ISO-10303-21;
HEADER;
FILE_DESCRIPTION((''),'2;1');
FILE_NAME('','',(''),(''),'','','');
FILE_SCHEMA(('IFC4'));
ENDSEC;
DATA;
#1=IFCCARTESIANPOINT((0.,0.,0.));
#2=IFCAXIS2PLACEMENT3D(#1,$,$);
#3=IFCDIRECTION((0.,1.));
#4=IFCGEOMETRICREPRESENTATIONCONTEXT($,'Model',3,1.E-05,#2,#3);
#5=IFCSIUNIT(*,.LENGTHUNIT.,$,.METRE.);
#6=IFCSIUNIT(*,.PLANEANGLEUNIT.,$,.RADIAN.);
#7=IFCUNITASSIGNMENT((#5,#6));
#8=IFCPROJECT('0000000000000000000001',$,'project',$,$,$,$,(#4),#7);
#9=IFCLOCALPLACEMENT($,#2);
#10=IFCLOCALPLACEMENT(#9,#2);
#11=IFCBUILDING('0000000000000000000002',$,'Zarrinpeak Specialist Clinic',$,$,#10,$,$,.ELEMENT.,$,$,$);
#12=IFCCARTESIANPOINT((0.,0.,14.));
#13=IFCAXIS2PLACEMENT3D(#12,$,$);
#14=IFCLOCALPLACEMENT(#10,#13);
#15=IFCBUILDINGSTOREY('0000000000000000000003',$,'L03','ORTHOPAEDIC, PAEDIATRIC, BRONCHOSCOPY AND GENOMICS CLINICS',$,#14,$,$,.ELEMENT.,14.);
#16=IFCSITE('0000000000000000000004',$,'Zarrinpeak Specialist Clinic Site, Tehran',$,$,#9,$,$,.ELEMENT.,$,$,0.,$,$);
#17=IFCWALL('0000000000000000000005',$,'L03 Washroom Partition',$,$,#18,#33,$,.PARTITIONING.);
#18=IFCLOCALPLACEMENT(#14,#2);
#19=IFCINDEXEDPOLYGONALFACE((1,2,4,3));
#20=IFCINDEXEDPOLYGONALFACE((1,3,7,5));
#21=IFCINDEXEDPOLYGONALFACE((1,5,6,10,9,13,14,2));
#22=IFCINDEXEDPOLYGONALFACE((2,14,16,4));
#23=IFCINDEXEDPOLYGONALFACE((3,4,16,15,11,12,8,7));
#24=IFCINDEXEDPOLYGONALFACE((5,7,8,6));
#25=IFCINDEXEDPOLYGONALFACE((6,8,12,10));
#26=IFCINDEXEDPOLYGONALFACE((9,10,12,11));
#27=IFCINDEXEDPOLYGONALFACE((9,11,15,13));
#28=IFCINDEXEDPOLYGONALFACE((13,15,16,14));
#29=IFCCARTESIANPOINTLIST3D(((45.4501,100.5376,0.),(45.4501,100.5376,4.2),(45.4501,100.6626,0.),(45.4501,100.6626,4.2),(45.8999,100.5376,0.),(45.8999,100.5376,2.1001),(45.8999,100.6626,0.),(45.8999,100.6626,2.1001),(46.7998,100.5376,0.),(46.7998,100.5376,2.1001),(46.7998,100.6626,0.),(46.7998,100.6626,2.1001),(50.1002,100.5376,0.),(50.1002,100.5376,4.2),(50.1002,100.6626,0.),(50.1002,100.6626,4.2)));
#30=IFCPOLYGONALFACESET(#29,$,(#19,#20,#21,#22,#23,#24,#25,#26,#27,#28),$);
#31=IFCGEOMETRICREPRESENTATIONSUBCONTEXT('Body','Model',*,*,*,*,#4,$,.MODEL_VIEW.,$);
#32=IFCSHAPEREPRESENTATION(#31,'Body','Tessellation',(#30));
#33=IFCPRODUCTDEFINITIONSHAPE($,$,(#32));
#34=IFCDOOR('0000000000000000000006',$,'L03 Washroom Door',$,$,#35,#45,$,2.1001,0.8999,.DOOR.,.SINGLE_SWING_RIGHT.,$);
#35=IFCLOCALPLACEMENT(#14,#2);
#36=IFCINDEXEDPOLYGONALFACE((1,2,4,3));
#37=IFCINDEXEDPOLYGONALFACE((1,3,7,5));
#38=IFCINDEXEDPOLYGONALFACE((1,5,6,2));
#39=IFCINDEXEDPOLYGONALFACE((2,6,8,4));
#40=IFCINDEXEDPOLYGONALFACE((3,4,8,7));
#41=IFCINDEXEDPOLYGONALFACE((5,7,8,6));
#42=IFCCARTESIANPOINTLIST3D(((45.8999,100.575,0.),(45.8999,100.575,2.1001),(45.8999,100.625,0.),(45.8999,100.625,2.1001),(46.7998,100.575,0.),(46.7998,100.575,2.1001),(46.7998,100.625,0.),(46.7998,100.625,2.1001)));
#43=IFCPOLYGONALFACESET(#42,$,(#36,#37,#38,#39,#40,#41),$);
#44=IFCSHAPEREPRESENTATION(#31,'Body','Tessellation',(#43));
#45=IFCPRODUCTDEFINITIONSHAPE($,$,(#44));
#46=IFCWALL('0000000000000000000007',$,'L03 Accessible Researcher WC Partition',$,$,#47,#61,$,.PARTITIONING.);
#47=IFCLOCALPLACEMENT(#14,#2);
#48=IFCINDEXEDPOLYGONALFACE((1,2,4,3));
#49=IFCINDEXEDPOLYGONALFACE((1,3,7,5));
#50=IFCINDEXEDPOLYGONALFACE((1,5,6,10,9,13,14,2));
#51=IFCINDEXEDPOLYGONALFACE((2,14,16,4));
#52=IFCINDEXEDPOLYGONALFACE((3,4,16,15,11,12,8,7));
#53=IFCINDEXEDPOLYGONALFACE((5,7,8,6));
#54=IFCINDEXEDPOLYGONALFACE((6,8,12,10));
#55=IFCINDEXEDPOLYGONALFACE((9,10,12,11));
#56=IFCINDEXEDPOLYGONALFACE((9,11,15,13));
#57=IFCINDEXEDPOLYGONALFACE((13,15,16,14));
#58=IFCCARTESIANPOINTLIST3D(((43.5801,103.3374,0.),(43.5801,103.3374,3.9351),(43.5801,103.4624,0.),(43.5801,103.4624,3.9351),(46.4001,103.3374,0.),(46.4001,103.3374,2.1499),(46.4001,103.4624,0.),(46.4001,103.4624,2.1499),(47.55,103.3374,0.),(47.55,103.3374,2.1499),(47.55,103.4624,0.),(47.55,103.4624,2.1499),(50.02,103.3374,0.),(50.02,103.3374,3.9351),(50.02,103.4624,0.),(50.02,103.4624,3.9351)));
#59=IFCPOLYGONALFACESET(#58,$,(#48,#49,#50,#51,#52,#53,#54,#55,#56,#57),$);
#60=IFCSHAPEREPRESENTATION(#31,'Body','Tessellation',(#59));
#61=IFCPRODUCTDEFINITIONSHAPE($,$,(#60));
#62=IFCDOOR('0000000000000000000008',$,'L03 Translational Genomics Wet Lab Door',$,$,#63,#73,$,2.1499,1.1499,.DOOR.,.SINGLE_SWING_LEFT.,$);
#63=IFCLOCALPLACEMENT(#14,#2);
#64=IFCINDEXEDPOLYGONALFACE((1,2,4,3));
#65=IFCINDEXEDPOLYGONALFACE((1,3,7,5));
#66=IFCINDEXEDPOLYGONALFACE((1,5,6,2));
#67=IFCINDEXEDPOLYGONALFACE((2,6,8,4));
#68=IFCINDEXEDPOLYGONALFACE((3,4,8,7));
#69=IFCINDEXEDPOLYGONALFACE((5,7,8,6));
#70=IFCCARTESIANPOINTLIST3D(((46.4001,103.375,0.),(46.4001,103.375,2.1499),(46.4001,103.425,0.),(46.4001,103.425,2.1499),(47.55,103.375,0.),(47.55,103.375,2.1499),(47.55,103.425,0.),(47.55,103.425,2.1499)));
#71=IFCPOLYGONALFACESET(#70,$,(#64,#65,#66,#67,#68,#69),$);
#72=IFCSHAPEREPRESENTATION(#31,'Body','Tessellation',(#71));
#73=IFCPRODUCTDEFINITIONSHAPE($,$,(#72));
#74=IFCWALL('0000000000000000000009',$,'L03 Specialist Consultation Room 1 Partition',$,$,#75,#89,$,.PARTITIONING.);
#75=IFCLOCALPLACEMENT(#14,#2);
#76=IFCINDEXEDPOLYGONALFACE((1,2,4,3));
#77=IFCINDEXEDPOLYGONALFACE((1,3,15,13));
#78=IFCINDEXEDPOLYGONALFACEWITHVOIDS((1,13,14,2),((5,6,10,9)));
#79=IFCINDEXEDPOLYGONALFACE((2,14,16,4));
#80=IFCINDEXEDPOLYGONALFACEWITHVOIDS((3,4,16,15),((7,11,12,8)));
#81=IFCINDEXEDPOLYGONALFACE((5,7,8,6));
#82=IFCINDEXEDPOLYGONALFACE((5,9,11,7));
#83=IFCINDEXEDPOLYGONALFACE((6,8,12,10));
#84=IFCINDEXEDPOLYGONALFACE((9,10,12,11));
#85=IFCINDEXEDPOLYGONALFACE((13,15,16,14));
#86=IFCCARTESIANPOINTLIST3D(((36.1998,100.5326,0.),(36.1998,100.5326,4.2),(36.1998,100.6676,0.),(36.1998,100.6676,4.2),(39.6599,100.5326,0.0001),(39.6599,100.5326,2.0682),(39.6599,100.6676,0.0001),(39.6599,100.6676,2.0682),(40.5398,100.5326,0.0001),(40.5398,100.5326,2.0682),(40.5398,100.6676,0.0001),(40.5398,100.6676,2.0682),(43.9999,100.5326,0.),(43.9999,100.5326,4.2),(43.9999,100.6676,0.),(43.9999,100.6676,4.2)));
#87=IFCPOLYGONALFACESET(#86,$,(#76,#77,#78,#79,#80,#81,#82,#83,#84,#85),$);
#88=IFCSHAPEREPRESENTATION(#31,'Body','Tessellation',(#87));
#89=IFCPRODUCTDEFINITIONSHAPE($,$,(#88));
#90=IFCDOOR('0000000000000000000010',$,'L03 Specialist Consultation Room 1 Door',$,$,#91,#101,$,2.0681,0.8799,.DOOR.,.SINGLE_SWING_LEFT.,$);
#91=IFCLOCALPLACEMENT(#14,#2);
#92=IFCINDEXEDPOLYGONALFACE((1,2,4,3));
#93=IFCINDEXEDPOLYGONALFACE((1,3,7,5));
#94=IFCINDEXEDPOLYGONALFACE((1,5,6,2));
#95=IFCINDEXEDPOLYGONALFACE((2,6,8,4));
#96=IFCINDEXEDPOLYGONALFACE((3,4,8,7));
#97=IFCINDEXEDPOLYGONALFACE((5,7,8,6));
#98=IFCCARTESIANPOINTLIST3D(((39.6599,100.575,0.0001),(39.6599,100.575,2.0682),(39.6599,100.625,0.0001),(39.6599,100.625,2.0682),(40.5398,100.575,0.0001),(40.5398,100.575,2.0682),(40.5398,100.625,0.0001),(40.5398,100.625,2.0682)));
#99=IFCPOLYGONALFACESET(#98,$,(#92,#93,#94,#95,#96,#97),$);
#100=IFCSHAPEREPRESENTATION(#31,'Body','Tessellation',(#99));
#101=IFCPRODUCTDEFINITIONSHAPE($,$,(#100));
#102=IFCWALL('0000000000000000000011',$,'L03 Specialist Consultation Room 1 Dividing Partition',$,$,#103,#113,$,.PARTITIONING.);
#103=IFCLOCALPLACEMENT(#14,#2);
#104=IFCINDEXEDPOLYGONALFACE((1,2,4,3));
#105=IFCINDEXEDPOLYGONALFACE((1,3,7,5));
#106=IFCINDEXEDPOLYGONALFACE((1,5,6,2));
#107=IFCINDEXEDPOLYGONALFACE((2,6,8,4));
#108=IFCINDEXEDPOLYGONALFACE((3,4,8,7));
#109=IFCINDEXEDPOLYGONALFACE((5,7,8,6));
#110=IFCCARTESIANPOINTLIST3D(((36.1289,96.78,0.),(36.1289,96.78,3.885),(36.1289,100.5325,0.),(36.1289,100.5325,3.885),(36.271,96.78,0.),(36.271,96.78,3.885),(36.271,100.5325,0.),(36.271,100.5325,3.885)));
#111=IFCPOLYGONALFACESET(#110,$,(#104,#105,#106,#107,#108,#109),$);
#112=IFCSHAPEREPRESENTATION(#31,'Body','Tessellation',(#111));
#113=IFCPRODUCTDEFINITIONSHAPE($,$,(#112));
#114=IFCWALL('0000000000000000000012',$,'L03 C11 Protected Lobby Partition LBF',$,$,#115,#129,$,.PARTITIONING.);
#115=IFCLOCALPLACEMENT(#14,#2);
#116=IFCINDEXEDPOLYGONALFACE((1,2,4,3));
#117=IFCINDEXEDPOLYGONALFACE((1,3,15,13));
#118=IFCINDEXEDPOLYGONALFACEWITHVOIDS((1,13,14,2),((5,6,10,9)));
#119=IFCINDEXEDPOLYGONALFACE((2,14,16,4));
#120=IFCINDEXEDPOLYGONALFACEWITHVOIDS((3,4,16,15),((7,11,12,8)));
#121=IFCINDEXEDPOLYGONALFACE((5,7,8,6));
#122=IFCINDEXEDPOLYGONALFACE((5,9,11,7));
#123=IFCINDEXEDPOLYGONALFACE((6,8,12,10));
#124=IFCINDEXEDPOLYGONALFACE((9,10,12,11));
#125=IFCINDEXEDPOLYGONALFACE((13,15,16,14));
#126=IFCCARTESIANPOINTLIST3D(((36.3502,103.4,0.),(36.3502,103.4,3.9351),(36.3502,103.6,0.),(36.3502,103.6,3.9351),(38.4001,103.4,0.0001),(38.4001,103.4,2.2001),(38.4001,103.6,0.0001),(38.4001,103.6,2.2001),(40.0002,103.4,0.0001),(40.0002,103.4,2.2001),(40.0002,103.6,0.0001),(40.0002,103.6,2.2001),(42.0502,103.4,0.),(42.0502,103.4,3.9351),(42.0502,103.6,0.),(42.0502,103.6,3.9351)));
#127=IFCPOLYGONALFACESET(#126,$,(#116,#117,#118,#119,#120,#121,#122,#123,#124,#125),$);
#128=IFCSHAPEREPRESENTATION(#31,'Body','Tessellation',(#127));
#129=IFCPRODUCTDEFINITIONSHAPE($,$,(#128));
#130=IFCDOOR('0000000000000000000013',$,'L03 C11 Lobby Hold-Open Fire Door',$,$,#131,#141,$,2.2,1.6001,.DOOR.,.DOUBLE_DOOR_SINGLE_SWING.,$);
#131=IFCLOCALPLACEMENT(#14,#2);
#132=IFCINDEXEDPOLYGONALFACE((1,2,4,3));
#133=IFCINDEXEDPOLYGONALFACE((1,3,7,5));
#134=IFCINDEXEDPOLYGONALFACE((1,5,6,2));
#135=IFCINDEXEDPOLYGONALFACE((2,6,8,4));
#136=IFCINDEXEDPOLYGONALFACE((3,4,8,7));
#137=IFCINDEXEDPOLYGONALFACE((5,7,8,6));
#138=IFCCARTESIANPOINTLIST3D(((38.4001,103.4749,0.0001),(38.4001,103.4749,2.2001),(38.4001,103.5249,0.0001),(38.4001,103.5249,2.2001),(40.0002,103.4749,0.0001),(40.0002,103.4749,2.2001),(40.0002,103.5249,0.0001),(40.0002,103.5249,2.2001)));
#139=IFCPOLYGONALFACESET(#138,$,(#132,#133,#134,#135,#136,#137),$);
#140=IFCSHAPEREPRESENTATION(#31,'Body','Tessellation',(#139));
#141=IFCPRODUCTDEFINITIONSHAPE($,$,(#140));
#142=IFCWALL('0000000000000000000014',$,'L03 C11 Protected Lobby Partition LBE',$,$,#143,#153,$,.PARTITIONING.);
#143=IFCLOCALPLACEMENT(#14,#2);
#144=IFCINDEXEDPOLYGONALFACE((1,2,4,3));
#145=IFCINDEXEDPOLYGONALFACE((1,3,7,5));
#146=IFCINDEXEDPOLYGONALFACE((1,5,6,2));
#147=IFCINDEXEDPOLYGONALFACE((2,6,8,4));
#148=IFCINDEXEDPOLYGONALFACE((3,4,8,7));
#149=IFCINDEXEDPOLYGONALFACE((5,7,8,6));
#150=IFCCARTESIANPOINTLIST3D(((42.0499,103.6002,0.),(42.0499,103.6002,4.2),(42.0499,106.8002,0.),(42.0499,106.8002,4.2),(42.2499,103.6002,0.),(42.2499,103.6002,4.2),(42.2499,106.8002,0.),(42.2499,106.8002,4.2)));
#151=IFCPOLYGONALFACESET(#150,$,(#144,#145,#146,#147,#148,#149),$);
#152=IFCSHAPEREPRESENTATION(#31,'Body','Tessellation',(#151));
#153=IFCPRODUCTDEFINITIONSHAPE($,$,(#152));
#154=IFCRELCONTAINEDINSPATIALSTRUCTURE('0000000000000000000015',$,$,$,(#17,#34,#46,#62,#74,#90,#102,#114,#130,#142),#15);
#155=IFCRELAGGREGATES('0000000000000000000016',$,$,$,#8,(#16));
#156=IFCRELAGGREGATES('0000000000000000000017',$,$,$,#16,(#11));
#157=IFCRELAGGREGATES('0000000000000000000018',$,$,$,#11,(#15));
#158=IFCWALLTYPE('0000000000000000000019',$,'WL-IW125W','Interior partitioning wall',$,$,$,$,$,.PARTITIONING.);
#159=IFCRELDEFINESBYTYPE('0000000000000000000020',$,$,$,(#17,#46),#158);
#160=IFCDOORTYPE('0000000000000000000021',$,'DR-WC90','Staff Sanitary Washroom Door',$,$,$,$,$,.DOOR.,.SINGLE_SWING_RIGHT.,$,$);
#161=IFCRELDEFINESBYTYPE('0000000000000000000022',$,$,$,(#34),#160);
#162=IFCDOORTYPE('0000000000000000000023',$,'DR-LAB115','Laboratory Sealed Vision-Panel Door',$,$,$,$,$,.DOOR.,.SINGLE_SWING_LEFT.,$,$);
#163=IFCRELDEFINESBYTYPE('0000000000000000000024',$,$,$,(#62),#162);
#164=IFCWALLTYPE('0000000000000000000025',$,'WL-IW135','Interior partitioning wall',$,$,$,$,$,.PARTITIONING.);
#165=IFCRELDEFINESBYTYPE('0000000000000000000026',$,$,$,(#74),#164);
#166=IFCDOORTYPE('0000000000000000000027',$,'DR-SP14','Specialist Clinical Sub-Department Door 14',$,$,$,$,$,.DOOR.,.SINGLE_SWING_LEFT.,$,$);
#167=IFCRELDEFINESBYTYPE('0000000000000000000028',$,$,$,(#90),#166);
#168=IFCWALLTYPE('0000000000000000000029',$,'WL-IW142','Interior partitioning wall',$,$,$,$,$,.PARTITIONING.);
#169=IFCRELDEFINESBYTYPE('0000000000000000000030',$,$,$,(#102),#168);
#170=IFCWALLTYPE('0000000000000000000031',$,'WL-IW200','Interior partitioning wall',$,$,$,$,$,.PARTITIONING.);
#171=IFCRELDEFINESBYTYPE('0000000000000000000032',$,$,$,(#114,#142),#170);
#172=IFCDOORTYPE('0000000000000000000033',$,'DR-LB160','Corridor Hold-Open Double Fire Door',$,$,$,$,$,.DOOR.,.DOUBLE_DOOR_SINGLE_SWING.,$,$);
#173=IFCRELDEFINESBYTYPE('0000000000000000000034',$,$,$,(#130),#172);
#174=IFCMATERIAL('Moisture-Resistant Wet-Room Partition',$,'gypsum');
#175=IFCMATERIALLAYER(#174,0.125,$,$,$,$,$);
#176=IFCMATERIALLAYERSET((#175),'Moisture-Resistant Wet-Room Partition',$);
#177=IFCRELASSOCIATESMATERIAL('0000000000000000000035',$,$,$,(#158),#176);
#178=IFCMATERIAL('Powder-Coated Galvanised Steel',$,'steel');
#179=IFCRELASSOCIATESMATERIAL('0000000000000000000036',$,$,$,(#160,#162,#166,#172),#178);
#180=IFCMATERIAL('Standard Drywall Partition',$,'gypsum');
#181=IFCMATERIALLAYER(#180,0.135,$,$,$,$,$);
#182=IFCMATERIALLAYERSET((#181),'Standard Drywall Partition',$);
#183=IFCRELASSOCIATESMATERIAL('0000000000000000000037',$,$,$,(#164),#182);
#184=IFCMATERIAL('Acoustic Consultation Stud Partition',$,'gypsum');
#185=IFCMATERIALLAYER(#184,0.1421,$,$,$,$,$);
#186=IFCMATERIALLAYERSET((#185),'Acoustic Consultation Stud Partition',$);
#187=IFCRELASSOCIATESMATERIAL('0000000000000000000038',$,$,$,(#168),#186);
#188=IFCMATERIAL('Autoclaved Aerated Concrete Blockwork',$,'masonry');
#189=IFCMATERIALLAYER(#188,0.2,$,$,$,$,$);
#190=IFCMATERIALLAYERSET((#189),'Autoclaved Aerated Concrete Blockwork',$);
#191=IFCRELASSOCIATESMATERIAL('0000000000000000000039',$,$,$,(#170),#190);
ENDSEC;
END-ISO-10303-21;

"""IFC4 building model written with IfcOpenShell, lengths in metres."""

from ifc_helpers import new_model, si_unit, direction, frame, frame_2d, origin, place, context, subcontext, project, spatial, rectangle, extrude, material, layer, layer_set, type_object, element, fill, save


model = new_model("IFC4")

# Units and contexts
model_context = context("Model", 3, precision=1e-05, world=origin(), true_north=direction((0.0, 1.0)))
body_context = subcontext(model_context, "Body", "Model", "MODEL_VIEW")
ifc_project = project(units=[si_unit("LENGTHUNIT", "METRE"), si_unit("PLANEANGLEUNIT", "RADIAN")], contexts=[model_context])

# Site, building, storey
site_placement = place(None, origin())
site = spatial("IfcSite", under=ifc_project, at=site_placement, Name="Zarrinpeak Specialist Clinic Site, Tehran", CompositionType="ELEMENT", RefElevation=0.0)
building_placement = place(site_placement, origin())
building = spatial("IfcBuilding", under=site, at=building_placement, Name="Zarrinpeak Specialist Clinic", CompositionType="ELEMENT")
storey_placement = place(building_placement, frame((0.0, 0.0, 14.0)))
storey = spatial("IfcBuildingStorey", under=building, at=storey_placement, Name="L03", Description="ORTHOPAEDIC, PAEDIATRIC, BRONCHOSCOPY AND GENOMICS CLINICS", CompositionType="ELEMENT", Elevation=14.0)

# Walls, openings, doors
ifc_material_1 = material(Name="Moisture-Resistant Wet-Room Partition", Category="gypsum")
ifc_layer_1 = layer(ifc_material_1, 0.125)
ifc_layer_set_1 = layer_set([ifc_layer_1], Name="Moisture-Resistant Wet-Room Partition")
wall_type_1 = type_object("IfcWallType", Name="WL-IW125W", Description="Interior partitioning wall", PredefinedType="PARTITIONING", material=ifc_layer_set_1)
wall_1_placement = place(storey_placement, frame((45.45, 100.6001, 0.0), z_axis=(0.0, 0.0, 1.0), x_axis=(1.0, 0.0, 0.0)))
wall_1 = element("IfcWall", 1, at=wall_1_placement, inside=storey, type_object=wall_type_1, Name="L03 Washroom Partition", PredefinedType="PARTITIONING", context=body_context, shape_type="SweptSolid", body=[
    extrude(rectangle(XDim=4.6501, YDim=0.125, at=frame_2d((2.3252, 0.0))), origin(), (0.0, 0.0, 1.0), 4.2),
])
opening_1_placement = place(wall_1_placement, frame((0.45, 0.0, 0.0)))
opening_1 = element("IfcOpeningElement", 2, at=opening_1_placement, cuts=wall_1, PredefinedType="OPENING", context=body_context, shape_type="SweptSolid", body=[
    extrude(rectangle(XDim=0.8999, YDim=2.1001, at=frame_2d((0.45, 1.05))), frame((0.0, 0.0725, 0.0), z_axis=(0.0, -1.0, 0.0), x_axis=(1.0, 0.0, 0.0)), (0.0, 0.0, 1.0), 0.145),
])
ifc_material_2 = material(Name="Powder-Coated Galvanised Steel", Category="steel")
door_type_1 = type_object("IfcDoorType", Name="DR-WC90", Description="Staff Sanitary Washroom Door", OperationType="SINGLE_SWING_RIGHT", PredefinedType="DOOR", material=ifc_material_2)
door_1_placement = place(opening_1_placement, origin())
door_1 = element("IfcDoor", 3, at=door_1_placement, inside=storey, type_object=door_type_1, Name="L03 Washroom Door", OperationType="SINGLE_SWING_RIGHT", OverallHeight=2.1001, OverallWidth=0.8999, PredefinedType="DOOR", context=body_context, shape_type="SweptSolid", body=[
    extrude(rectangle(XDim=0.8999, YDim=2.1001, at=frame_2d((0.45, 1.05))), frame((0.0, 0.0249, 0.0), z_axis=(0.0, -1.0, 0.0), x_axis=(1.0, 0.0, 0.0)), (0.0, 0.0, 1.0), 0.05),
])
fill(opening_1, door_1)
wall_2_placement = place(storey_placement, frame((43.5801, 103.3999, 0.0), z_axis=(0.0, 0.0, 1.0), x_axis=(1.0, 0.0, 0.0)))
wall_2 = element("IfcWall", 4, at=wall_2_placement, inside=storey, type_object=wall_type_1, Name="L03 Accessible Researcher WC Partition", PredefinedType="PARTITIONING", context=body_context, shape_type="SweptSolid", body=[
    extrude(rectangle(XDim=6.4399, YDim=0.125, at=frame_2d((3.22, 0.0))), origin(), (0.0, 0.0, 1.0), 3.9351),
])
opening_2_placement = place(wall_2_placement, frame((2.8201, 0.0, 0.0)))
opening_2 = element("IfcOpeningElement", 5, at=opening_2_placement, cuts=wall_2, PredefinedType="OPENING", context=body_context, shape_type="SweptSolid", body=[
    extrude(rectangle(XDim=1.1499, YDim=2.1499, at=frame_2d((0.575, 1.075))), frame((0.0, 0.0725, 0.0), z_axis=(0.0, -1.0, 0.0), x_axis=(1.0, 0.0, 0.0)), (0.0, 0.0, 1.0), 0.145),
])
door_type_2 = type_object("IfcDoorType", Name="DR-LAB115", Description="Laboratory Sealed Vision-Panel Door", OperationType="SINGLE_SWING_LEFT", PredefinedType="DOOR", material=ifc_material_2)
door_2_placement = place(opening_2_placement, frame((1.1499, 0.0, 0.0), z_axis=(0.0, 0.0, 1.0), x_axis=(-1.0, 0.0, 0.0)))
door_2 = element("IfcDoor", 6, at=door_2_placement, inside=storey, type_object=door_type_2, Name="L03 Translational Genomics Wet Lab Door", OperationType="SINGLE_SWING_LEFT", OverallHeight=2.1499, OverallWidth=1.1499, PredefinedType="DOOR", context=body_context, shape_type="SweptSolid", body=[
    extrude(rectangle(XDim=1.1499, YDim=2.1499, at=frame_2d((0.575, 1.075))), frame((0.0, 0.0249, 0.0), z_axis=(0.0, -1.0, 0.0), x_axis=(1.0, 0.0, 0.0)), (0.0, 0.0, 1.0), 0.05),
])
fill(opening_2, door_2)
ifc_material_3 = material(Name="Standard Drywall Partition", Category="gypsum")
ifc_layer_2 = layer(ifc_material_3, 0.135)
ifc_layer_set_2 = layer_set([ifc_layer_2], Name="Standard Drywall Partition")
wall_type_2 = type_object("IfcWallType", Name="WL-IW135", Description="Interior partitioning wall", PredefinedType="PARTITIONING", material=ifc_layer_set_2)
wall_3_placement = place(storey_placement, frame((36.2, 100.6001, 0.0), z_axis=(0.0, 0.0, 1.0), x_axis=(1.0, 0.0, 0.0)))
wall_3 = element("IfcWall", 7, at=wall_3_placement, inside=storey, type_object=wall_type_2, Name="L03 Specialist Consultation Room 1 Partition", PredefinedType="PARTITIONING", context=body_context, shape_type="SweptSolid", body=[
    extrude(rectangle(XDim=7.8, YDim=0.135, at=frame_2d((3.8999, 0.0))), origin(), (0.0, 0.0, 1.0), 4.2),
])
opening_3_placement = place(wall_3_placement, frame((3.46, 0.0, 0.0)))
opening_3 = element("IfcOpeningElement", 8, at=opening_3_placement, cuts=wall_3, PredefinedType="OPENING", context=body_context, shape_type="SweptSolid", body=[
    extrude(rectangle(XDim=0.8799, YDim=2.0681, at=frame_2d((0.4399, 1.0342))), frame((0.0, 0.0776, 0.0), z_axis=(0.0, -1.0, 0.0), x_axis=(1.0, 0.0, 0.0)), (0.0, 0.0, 1.0), 0.155),
])
door_type_3 = type_object("IfcDoorType", Name="DR-SP14", Description="Specialist Clinical Sub-Department Door 14", OperationType="SINGLE_SWING_LEFT", PredefinedType="DOOR", material=ifc_material_2)
door_3_placement = place(opening_3_placement, origin())
door_3 = element("IfcDoor", 9, at=door_3_placement, inside=storey, type_object=door_type_3, Name="L03 Specialist Consultation Room 1 Door", OperationType="SINGLE_SWING_LEFT", OverallHeight=2.0681, OverallWidth=0.8799, PredefinedType="DOOR", context=body_context, shape_type="SweptSolid", body=[
    extrude(rectangle(XDim=0.8799, YDim=2.0681, at=frame_2d((0.4399, 1.0342))), frame((0.0, 0.0249, 0.0), z_axis=(0.0, -1.0, 0.0), x_axis=(1.0, 0.0, 0.0)), (0.0, 0.0, 1.0), 0.05),
])
fill(opening_3, door_3)

# Wall
ifc_material_4 = material(Name="Acoustic Consultation Stud Partition", Category="gypsum")
ifc_layer_3 = layer(ifc_material_4, 0.1421)
ifc_layer_set_3 = layer_set([ifc_layer_3], Name="Acoustic Consultation Stud Partition")
wall_type_3 = type_object("IfcWallType", Name="WL-IW142", Description="Interior partitioning wall", PredefinedType="PARTITIONING", material=ifc_layer_set_3)
wall_4_placement = place(storey_placement, frame((36.2, 96.78, 0.0), z_axis=(0.0, 0.0, 1.0), x_axis=(0.0, 1.0, 0.0)))
element("IfcWall", 10, at=wall_4_placement, inside=storey, type_object=wall_type_3, Name="L03 Specialist Consultation Room 1 Dividing Partition", PredefinedType="PARTITIONING", context=body_context, shape_type="SweptSolid", body=[
    extrude(rectangle(XDim=3.7524, YDim=0.1421, at=frame_2d((1.8762, 0.0))), origin(), (0.0, 0.0, 1.0), 3.885),
])

# Wall, opening, door
ifc_material_5 = material(Name="Autoclaved Aerated Concrete Blockwork", Category="masonry")
ifc_layer_4 = layer(ifc_material_5, 0.2)
ifc_layer_set_4 = layer_set([ifc_layer_4], Name="Autoclaved Aerated Concrete Blockwork")
wall_type_4 = type_object("IfcWallType", Name="WL-IW200", Description="Interior partitioning wall", PredefinedType="PARTITIONING", material=ifc_layer_set_4)
wall_5_placement = place(storey_placement, frame((36.3501, 103.5, 0.0), z_axis=(0.0, 0.0, 1.0), x_axis=(1.0, 0.0, 0.0)))
wall_5 = element("IfcWall", 11, at=wall_5_placement, inside=storey, type_object=wall_type_4, Name="L03 C11 Protected Lobby Partition LBF", PredefinedType="PARTITIONING", context=body_context, shape_type="SweptSolid", body=[
    extrude(rectangle(XDim=5.7, YDim=0.2, at=frame_2d((2.8501, 0.0))), origin(), (0.0, 0.0, 1.0), 3.9351),
])
opening_4_placement = place(wall_5_placement, frame((2.05, 0.0, 0.0)))
opening_4 = element("IfcOpeningElement", 12, at=opening_4_placement, cuts=wall_5, PredefinedType="OPENING", context=body_context, shape_type="SweptSolid", body=[
    extrude(rectangle(XDim=1.6001, YDim=2.2, at=frame_2d((0.8, 1.1001))), frame((0.0, 0.1099, 0.0), z_axis=(0.0, -1.0, 0.0), x_axis=(1.0, 0.0, 0.0)), (0.0, 0.0, 1.0), 0.22),
])
door_type_4 = type_object("IfcDoorType", Name="DR-LB160", Description="Corridor Hold-Open Double Fire Door", OperationType="DOUBLE_DOOR_SINGLE_SWING", PredefinedType="DOOR", material=ifc_material_2)
door_4_placement = place(opening_4_placement, origin())
door_4 = element("IfcDoor", 13, at=door_4_placement, inside=storey, type_object=door_type_4, Name="L03 C11 Lobby Hold-Open Fire Door", OperationType="DOUBLE_DOOR_SINGLE_SWING", OverallHeight=2.2, OverallWidth=1.6001, PredefinedType="DOOR", context=body_context, shape_type="SweptSolid", body=[
    extrude(rectangle(XDim=1.6001, YDim=2.2, at=frame_2d((0.8, 1.1001))), frame((0.0, 0.0249, 0.0), z_axis=(0.0, -1.0, 0.0), x_axis=(1.0, 0.0, 0.0)), (0.0, 0.0, 1.0), 0.05),
])
fill(opening_4, door_4)

# Wall
wall_6_placement = place(storey_placement, frame((42.1499, 103.6001, 0.0), z_axis=(0.0, 0.0, 1.0), x_axis=(0.0, 1.0, 0.0)))
element("IfcWall", 14, at=wall_6_placement, inside=storey, type_object=wall_type_4, Name="L03 C11 Protected Lobby Partition LBE", PredefinedType="PARTITIONING", context=body_context, shape_type="SweptSolid", body=[
    extrude(rectangle(XDim=3.2, YDim=0.2, at=frame_2d((1.6001, 0.0))), origin(), (0.0, 0.0, 1.0), 4.2),
])

save(model, "model.ifc")
